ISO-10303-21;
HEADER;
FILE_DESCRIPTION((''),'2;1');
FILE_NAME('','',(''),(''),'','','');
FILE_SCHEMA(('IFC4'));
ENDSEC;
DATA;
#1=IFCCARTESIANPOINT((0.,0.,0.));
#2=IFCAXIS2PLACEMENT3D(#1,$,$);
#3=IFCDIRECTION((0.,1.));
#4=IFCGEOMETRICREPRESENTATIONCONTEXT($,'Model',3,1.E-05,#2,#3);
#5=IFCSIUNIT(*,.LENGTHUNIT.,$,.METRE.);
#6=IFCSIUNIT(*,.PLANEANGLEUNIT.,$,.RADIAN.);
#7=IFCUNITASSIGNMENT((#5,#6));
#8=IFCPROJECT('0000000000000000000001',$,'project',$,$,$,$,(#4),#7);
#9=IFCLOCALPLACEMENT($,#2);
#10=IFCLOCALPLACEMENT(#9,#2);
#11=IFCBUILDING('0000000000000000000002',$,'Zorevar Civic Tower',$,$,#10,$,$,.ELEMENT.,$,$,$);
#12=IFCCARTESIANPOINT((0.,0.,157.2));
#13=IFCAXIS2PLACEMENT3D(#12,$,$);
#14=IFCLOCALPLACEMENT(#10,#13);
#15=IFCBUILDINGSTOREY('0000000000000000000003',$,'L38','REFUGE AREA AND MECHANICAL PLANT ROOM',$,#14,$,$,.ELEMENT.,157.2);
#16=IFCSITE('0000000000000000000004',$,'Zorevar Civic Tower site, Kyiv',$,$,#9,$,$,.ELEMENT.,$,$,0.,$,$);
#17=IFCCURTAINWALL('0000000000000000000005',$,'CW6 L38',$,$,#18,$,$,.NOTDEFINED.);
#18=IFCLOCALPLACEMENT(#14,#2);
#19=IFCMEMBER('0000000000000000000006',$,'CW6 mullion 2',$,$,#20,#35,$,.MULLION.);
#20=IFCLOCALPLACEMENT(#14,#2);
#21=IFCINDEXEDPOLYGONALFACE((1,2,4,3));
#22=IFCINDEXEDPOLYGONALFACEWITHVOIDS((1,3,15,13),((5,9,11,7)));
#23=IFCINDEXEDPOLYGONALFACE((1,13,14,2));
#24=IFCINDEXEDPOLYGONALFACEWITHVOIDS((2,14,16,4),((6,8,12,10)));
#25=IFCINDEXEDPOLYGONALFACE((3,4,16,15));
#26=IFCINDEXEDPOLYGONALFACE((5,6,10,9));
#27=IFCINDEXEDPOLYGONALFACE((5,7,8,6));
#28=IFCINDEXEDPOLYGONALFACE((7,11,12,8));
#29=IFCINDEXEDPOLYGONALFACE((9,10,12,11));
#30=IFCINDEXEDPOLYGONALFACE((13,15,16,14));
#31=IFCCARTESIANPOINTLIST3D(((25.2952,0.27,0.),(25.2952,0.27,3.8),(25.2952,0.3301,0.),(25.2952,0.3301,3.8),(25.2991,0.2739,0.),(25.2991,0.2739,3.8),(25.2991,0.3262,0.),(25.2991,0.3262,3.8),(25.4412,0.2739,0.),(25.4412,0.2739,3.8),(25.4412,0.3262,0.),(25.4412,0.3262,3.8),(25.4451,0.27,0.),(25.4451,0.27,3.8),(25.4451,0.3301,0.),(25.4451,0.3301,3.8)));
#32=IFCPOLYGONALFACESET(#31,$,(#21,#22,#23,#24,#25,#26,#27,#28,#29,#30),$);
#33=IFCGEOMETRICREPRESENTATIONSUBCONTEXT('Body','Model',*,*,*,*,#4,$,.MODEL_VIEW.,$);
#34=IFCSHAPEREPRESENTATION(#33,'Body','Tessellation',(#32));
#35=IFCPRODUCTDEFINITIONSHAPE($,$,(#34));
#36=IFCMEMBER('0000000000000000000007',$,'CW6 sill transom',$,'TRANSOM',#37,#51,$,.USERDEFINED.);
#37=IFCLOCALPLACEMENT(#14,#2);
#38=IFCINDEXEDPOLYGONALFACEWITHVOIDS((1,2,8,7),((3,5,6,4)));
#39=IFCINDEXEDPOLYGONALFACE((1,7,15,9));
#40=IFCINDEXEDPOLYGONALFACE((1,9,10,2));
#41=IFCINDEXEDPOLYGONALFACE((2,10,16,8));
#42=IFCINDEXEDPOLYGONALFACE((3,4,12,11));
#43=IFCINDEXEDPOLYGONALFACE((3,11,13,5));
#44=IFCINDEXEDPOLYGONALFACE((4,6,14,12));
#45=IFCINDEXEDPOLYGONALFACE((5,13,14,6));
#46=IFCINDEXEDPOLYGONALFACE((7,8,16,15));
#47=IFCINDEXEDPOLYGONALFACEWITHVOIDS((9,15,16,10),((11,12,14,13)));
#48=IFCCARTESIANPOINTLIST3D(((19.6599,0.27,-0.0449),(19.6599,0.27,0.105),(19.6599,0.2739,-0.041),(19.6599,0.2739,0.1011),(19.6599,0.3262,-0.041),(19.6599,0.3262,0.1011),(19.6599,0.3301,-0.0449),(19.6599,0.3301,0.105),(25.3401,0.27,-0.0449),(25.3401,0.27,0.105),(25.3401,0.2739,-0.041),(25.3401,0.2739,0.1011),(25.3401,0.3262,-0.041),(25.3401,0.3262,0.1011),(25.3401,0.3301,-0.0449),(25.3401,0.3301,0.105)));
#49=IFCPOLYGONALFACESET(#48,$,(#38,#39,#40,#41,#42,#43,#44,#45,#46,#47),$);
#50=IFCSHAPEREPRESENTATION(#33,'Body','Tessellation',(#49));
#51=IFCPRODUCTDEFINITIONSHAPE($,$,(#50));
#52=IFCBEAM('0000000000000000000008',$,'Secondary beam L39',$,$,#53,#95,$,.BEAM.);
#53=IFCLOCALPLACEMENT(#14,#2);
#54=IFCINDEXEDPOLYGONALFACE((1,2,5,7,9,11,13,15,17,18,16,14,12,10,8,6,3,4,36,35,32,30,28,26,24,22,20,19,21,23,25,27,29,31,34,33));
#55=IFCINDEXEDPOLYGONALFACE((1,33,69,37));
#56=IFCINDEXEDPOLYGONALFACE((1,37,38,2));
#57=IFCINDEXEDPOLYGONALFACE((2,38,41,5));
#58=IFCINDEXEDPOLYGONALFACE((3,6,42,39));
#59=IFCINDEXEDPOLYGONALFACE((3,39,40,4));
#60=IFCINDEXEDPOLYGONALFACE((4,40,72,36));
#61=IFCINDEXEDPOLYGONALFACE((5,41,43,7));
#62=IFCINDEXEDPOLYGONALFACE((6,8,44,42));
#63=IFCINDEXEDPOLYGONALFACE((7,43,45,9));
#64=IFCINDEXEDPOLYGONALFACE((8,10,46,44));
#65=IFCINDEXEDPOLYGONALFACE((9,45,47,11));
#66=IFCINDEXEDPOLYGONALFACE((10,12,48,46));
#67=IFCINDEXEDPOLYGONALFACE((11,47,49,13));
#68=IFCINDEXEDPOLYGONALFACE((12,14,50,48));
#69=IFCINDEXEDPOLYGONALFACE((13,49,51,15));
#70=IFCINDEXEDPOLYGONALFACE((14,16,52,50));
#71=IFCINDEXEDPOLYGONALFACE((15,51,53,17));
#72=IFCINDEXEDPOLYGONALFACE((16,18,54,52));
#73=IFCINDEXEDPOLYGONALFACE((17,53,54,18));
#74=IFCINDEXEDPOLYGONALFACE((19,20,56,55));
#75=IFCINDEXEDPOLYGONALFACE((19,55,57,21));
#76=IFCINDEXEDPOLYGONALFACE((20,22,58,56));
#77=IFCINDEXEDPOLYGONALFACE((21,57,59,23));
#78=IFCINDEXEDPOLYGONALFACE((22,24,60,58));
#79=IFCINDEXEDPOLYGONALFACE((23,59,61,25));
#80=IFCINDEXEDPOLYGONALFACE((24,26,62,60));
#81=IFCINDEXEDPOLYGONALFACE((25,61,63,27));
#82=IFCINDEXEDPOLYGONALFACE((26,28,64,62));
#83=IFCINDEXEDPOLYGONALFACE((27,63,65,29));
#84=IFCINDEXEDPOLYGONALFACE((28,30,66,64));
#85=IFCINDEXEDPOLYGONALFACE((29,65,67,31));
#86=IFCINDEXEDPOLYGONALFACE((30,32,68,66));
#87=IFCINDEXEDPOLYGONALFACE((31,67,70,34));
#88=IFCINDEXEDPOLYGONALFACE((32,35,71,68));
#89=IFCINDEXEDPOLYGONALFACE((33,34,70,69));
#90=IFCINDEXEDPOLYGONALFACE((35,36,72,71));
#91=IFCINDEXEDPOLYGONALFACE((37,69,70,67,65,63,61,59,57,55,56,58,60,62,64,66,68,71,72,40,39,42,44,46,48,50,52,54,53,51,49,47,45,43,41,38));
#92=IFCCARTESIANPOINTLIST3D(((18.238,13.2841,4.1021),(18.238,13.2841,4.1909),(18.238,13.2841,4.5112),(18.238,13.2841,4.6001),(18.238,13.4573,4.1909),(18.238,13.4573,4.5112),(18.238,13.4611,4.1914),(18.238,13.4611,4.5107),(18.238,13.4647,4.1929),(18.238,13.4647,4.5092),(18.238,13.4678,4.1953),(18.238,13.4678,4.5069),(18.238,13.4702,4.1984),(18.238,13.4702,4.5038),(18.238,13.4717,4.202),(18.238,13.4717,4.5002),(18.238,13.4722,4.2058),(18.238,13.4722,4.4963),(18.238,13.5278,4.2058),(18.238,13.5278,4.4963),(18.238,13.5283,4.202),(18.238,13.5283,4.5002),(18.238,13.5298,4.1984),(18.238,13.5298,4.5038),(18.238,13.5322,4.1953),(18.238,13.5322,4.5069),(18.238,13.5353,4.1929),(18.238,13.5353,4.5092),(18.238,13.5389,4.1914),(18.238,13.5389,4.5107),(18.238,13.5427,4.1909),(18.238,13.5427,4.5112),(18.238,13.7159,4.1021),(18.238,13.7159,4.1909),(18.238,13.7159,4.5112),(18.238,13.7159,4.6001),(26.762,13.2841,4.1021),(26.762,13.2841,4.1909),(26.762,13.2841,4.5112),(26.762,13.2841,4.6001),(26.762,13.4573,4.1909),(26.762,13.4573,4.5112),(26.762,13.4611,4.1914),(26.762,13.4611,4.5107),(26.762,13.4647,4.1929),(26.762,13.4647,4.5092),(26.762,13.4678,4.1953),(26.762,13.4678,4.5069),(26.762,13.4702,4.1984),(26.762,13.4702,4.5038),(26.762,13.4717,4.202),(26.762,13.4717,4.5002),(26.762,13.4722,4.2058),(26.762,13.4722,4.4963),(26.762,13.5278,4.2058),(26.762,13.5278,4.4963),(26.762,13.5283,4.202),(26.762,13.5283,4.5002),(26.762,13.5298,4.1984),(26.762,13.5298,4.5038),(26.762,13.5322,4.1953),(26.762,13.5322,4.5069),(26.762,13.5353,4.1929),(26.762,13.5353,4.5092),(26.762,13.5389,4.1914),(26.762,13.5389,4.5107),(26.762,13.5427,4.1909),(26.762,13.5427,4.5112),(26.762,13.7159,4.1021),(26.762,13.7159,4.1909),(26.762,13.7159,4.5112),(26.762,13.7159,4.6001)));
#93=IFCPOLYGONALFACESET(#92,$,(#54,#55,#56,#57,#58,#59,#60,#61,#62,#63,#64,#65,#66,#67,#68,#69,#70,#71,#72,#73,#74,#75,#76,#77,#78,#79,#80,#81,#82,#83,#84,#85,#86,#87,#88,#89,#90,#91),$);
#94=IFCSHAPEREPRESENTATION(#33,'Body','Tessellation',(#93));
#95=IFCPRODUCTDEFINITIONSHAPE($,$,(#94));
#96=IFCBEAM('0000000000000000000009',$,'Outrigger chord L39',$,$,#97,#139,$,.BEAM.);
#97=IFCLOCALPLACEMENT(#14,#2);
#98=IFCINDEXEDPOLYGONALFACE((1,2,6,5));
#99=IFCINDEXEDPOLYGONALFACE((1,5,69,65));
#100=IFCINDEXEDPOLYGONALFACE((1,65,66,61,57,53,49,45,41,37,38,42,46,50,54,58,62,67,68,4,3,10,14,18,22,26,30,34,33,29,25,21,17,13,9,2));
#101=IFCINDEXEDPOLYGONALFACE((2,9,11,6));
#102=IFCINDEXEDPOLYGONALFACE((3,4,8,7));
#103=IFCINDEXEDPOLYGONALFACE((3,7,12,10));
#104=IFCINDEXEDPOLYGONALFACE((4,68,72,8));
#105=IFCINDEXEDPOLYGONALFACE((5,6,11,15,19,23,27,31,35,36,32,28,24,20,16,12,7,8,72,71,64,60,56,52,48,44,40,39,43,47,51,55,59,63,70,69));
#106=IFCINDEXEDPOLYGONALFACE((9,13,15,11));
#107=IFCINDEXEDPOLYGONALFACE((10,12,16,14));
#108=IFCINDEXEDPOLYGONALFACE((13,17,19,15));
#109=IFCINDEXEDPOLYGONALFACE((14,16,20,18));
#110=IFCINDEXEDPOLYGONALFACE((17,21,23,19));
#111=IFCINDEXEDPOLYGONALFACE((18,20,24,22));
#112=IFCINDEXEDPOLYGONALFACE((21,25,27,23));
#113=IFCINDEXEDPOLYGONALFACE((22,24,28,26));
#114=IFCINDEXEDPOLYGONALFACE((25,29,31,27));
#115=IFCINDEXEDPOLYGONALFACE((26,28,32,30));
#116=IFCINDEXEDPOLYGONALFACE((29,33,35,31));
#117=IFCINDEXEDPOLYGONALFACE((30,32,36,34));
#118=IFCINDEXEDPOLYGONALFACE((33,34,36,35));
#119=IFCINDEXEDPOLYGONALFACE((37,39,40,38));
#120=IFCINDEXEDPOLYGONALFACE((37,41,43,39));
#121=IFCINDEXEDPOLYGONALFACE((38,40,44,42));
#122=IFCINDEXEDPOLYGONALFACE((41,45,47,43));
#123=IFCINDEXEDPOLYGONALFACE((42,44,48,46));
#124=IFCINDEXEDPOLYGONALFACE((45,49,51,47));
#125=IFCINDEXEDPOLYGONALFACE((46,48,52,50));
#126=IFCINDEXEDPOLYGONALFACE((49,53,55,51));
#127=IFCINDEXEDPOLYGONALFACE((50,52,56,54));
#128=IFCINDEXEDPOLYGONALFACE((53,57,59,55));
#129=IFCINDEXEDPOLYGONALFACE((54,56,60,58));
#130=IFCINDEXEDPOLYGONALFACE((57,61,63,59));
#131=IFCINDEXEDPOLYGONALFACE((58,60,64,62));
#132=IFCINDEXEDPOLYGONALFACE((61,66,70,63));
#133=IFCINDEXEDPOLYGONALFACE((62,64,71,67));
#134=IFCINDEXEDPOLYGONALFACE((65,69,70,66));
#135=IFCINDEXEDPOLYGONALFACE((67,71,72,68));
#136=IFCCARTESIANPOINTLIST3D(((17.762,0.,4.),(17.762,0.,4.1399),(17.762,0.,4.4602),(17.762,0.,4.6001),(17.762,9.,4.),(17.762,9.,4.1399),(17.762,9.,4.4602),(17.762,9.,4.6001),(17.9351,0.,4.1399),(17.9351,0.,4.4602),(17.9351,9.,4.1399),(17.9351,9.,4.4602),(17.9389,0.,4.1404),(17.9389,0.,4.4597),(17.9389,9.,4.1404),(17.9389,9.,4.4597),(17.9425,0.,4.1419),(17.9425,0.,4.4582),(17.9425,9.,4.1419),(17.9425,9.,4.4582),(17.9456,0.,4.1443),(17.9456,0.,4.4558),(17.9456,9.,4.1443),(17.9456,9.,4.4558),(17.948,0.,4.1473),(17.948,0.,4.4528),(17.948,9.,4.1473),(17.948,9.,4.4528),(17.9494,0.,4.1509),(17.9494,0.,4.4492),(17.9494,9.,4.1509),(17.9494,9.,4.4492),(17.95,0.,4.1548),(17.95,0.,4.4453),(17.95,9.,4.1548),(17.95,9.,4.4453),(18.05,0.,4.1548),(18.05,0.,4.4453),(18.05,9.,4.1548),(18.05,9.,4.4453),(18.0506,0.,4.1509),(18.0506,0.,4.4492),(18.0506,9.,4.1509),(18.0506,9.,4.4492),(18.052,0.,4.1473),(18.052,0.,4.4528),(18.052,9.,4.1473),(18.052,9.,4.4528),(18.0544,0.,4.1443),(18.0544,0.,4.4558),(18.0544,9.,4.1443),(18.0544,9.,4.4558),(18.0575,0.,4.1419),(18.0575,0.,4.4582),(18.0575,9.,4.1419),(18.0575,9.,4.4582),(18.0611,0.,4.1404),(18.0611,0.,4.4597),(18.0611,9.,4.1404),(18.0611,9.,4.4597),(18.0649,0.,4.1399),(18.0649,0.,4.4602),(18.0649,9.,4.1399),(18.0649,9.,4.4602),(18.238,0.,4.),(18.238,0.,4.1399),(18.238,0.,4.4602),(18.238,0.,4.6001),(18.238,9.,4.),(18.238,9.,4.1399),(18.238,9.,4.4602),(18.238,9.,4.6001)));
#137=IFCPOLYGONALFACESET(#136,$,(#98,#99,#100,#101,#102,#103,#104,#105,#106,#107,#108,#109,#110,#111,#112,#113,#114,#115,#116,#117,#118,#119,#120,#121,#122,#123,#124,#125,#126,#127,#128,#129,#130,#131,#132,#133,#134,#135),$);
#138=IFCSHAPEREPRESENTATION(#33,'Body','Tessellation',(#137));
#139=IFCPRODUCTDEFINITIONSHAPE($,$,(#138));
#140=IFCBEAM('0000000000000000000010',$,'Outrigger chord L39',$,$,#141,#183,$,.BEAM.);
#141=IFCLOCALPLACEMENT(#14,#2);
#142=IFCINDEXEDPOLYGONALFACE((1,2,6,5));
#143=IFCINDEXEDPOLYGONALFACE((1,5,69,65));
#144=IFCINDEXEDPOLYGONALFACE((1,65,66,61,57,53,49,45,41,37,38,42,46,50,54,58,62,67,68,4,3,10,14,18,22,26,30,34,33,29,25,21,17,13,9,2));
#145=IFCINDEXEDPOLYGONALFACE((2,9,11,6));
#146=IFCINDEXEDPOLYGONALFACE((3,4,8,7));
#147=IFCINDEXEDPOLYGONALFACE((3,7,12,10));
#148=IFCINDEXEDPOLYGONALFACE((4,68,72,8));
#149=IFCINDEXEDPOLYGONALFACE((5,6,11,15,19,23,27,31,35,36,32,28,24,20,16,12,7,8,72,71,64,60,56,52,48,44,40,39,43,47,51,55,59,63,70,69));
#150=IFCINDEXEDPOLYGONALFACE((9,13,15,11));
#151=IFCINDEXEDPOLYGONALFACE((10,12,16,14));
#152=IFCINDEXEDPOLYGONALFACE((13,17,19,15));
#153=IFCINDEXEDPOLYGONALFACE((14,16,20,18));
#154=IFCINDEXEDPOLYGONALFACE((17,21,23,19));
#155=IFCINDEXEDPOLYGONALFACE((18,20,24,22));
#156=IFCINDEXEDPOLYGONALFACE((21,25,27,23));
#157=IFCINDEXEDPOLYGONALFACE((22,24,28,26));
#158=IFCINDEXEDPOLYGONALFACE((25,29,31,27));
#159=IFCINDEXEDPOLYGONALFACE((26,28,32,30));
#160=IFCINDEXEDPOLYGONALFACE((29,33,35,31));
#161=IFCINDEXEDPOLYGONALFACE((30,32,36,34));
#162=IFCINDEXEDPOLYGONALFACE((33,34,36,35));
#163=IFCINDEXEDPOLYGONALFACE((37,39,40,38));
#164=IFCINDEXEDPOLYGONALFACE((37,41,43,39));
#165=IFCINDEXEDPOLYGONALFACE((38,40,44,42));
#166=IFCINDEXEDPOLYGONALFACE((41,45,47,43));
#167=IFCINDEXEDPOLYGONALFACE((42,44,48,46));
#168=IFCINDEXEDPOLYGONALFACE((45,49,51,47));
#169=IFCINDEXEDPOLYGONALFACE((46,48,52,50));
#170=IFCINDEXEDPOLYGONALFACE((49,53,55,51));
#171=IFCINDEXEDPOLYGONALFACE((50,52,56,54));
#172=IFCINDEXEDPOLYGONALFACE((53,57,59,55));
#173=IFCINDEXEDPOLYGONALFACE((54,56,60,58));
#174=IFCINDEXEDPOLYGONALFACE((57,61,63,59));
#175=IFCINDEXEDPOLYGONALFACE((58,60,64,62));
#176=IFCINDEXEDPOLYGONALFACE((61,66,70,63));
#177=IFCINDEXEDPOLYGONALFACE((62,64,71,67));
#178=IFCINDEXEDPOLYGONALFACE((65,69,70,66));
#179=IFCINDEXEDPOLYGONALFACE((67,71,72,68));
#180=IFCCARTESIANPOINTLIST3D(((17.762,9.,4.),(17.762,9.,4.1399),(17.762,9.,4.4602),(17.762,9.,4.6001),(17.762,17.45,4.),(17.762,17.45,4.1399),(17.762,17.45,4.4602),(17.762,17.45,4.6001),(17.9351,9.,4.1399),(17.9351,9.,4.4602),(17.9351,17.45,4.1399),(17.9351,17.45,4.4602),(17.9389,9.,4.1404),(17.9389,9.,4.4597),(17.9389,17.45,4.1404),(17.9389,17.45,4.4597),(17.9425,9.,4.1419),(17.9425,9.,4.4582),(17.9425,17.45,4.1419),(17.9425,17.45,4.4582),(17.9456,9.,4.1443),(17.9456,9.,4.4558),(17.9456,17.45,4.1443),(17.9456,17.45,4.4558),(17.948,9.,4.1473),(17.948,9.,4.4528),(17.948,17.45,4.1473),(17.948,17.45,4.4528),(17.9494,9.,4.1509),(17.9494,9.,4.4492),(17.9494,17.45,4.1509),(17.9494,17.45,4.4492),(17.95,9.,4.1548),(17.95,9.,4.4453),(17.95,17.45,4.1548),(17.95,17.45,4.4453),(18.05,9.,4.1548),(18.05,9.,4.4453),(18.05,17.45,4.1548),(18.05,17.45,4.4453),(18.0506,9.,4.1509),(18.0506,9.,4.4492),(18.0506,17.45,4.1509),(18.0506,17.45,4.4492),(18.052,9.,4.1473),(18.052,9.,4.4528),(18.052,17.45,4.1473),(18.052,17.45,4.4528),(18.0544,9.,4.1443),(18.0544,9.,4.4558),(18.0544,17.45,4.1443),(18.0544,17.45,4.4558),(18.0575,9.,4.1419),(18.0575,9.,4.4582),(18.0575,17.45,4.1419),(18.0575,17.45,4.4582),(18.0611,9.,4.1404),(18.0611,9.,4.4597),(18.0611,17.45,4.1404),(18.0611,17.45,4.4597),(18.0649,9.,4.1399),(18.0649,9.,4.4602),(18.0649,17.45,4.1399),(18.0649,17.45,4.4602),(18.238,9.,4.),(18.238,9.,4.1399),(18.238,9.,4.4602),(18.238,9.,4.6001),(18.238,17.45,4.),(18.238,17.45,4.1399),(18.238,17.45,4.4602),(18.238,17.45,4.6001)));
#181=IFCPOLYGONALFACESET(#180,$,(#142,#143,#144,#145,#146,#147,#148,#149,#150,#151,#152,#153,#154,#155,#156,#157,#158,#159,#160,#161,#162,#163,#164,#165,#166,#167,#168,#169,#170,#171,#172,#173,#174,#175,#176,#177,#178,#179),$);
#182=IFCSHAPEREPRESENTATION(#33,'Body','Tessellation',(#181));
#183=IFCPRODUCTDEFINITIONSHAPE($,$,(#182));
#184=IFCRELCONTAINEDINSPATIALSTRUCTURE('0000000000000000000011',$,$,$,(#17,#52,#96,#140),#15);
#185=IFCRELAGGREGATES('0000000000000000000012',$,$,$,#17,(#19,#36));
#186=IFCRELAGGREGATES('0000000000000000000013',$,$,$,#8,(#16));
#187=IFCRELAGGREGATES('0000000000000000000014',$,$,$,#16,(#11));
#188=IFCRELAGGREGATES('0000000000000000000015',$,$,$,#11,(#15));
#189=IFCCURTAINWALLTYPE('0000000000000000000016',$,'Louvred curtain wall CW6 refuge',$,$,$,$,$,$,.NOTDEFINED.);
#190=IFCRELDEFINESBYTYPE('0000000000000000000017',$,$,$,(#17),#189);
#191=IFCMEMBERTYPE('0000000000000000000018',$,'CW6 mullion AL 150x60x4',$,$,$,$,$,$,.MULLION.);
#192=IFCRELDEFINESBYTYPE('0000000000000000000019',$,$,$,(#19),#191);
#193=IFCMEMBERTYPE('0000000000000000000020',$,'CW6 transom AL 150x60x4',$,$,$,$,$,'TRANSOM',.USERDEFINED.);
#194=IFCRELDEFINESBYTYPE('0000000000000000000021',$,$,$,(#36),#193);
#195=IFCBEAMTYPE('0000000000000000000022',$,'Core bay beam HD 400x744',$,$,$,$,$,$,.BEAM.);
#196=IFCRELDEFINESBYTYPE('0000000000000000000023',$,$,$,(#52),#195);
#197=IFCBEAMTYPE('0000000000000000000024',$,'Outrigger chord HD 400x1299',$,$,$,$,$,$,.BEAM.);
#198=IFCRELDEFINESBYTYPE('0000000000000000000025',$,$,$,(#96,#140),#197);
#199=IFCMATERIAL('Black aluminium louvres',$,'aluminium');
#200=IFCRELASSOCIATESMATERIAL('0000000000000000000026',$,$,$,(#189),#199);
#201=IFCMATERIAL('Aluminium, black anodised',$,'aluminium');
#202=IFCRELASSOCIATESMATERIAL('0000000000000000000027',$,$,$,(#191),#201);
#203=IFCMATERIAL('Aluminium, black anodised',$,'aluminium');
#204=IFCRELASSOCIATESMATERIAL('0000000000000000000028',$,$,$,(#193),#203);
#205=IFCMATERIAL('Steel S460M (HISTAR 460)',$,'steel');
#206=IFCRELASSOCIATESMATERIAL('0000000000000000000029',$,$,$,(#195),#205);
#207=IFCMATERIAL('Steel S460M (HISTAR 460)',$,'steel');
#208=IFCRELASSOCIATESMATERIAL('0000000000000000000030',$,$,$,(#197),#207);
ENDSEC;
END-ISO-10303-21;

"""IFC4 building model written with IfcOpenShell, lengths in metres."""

from ifc_helpers import new_model, si_unit, direction, frame, origin, origin_2d, place, context, subcontext, project, spatial, hollow_rectangle, i_section, extrude, material, material_profile, profile_set, type_object, element, aggregate, save


model = new_model("IFC4")

# Units and contexts
model_context = context("Model", 3, precision=1e-05, world=origin(), true_north=direction((0.0, 1.0)))
body_context = subcontext(model_context, "Body", "Model", "MODEL_VIEW")
ifc_project = project(units=[si_unit("LENGTHUNIT", "METRE"), si_unit("PLANEANGLEUNIT", "RADIAN")], contexts=[model_context])

# Site, building, storey
site_placement = place(None, origin())
site = spatial("IfcSite", under=ifc_project, at=site_placement, Name="Zorevar Civic Tower site, Kyiv", CompositionType="ELEMENT", RefElevation=0.0)
building_placement = place(site_placement, origin())
building = spatial("IfcBuilding", under=site, at=building_placement, Name="Zorevar Civic Tower", CompositionType="ELEMENT")
storey_placement = place(building_placement, frame((0.0, 0.0, 157.2)))
storey = spatial("IfcBuildingStorey", under=building, at=storey_placement, Name="L38", Description="REFUGE AREA AND MECHANICAL PLANT ROOM", CompositionType="ELEMENT", Elevation=157.2)

# Curtain wall, members
ifc_material_1 = material(Name="Black aluminium louvres", Category="aluminium")
curtain_wall_type = type_object("IfcCurtainWallType", Name="Louvred curtain wall CW6 refuge", PredefinedType="NOTDEFINED", material=ifc_material_1)
curtain_wall_placement = place(storey_placement, origin())
curtain_wall = element("IfcCurtainWall", 1, at=curtain_wall_placement, inside=storey, type_object=curtain_wall_type, Name="CW6 L38", PredefinedType="NOTDEFINED")
ifc_material_2 = material(Name="Aluminium, black anodised", Category="aluminium")
ifc_material_profile_1 = material_profile(ifc_material_2, hollow_rectangle(XDim=0.0601, YDim=0.1499, WallThickness=0.0039, at=origin_2d()), Name="AL 150x60x4")
ifc_profile_set_1 = profile_set([ifc_material_profile_1], Name="Aluminium, black anodised")
member_type_1 = type_object("IfcMemberType", Name="CW6 mullion AL 150x60x4", PredefinedType="MULLION", material=ifc_profile_set_1)
member_1_placement = place(storey_placement, frame((25.3701, 0.3, 0.0), z_axis=(0.0, 0.0, 1.0), x_axis=(0.0, 1.0, 0.0)))
member_1 = element("IfcMember", 2, at=member_1_placement, type_object=member_type_1, Name="CW6 mullion 2", PredefinedType="MULLION", context=body_context, shape_type="SweptSolid", body=[
    extrude(hollow_rectangle(XDim=0.0601, YDim=0.1499, WallThickness=0.0039, at=origin_2d()), origin(), (0.0, 0.0, 1.0), 3.8),
])
ifc_material_3 = material(Name="Aluminium, black anodised", Category="aluminium")
ifc_material_profile_2 = material_profile(ifc_material_3, hollow_rectangle(XDim=0.0601, YDim=0.1499, WallThickness=0.0039, at=origin_2d()), Name="AL 150x60x4")
ifc_profile_set_2 = profile_set([ifc_material_profile_2], Name="Aluminium, black anodised")
member_type_2 = type_object("IfcMemberType", Name="CW6 transom AL 150x60x4", ElementType="TRANSOM", PredefinedType="USERDEFINED", material=ifc_profile_set_2)
member_2_placement = place(storey_placement, frame((19.6599, 0.3, 0.03), z_axis=(1.0, 0.0, 0.0), x_axis=(0.0, 1.0, 0.0)))
member_2 = element("IfcMember", 3, at=member_2_placement, type_object=member_type_2, Name="CW6 sill transom", ObjectType="TRANSOM", PredefinedType="USERDEFINED", context=body_context, shape_type="SweptSolid", body=[
    extrude(hollow_rectangle(XDim=0.0601, YDim=0.1499, WallThickness=0.0039, at=origin_2d()), origin(), (0.0, 0.0, 1.0), 5.6802),
])

# Beams
ifc_material_4 = material(Name="Steel S460M (HISTAR 460)", Category="steel")
ifc_material_profile_3 = material_profile(ifc_material_4, i_section(OverallWidth=0.4319, OverallDepth=0.498, WebThickness=0.0557, FlangeThickness=0.0889, FilletRadius=0.0149, at=origin_2d()), Name="HD 400x744")
ifc_profile_set_3 = profile_set([ifc_material_profile_3], Name="Steel S460M (HISTAR 460)")
beam_type_1 = type_object("IfcBeamType", Name="Core bay beam HD 400x744", PredefinedType="BEAM", material=ifc_profile_set_3)
beam_1_placement = place(storey_placement, frame((18.238, 13.5, 4.3511), z_axis=(1.0, 0.0, 0.0), x_axis=(0.0, 1.0, 0.0)))
element("IfcBeam", 4, at=beam_1_placement, inside=storey, type_object=beam_type_1, Name="Secondary beam L39", PredefinedType="BEAM", context=body_context, shape_type="SweptSolid", body=[
    extrude(i_section(OverallWidth=0.4319, OverallDepth=0.498, WebThickness=0.0557, FlangeThickness=0.0889, FilletRadius=0.0149, at=origin_2d()), origin(), (0.0, 0.0, 1.0), 8.5239),
])
ifc_material_5 = material(Name="Steel S460M (HISTAR 460)", Category="steel")
ifc_material_profile_4 = material_profile(ifc_material_5, i_section(OverallWidth=0.4761, OverallDepth=0.6001, WebThickness=0.1001, FlangeThickness=0.1399, FilletRadius=0.0149, at=origin_2d()), Name="HD 400x1299")
ifc_profile_set_4 = profile_set([ifc_material_profile_4], Name="Steel S460M (HISTAR 460)")
beam_type_2 = type_object("IfcBeamType", Name="Outrigger chord HD 400x1299", PredefinedType="BEAM", material=ifc_profile_set_4)
beam_2_placement = place(storey_placement, frame((18.0, 0.0, 4.3), z_axis=(0.0, 1.0, 0.0), x_axis=(-1.0, 0.0, 0.0)))
element("IfcBeam", 5, at=beam_2_placement, inside=storey, type_object=beam_type_2, Name="Outrigger chord L39", PredefinedType="BEAM", context=body_context, shape_type="SweptSolid", body=[
    extrude(i_section(OverallWidth=0.4761, OverallDepth=0.6001, WebThickness=0.1001, FlangeThickness=0.1399, FilletRadius=0.0149, at=origin_2d()), origin(), (0.0, 0.0, 1.0), 9.0),
])
beam_3_placement = place(storey_placement, frame((18.0, 9.0, 4.3), z_axis=(0.0, 1.0, 0.0), x_axis=(-1.0, 0.0, 0.0)))
element("IfcBeam", 6, at=beam_3_placement, inside=storey, type_object=beam_type_2, Name="Outrigger chord L39", PredefinedType="BEAM", context=body_context, shape_type="SweptSolid", body=[
    extrude(i_section(OverallWidth=0.4761, OverallDepth=0.6001, WebThickness=0.1001, FlangeThickness=0.1399, FilletRadius=0.0149, at=origin_2d()), origin(), (0.0, 0.0, 1.0), 8.45),
])

aggregate(curtain_wall, [member_1, member_2])

save(model, "model.ifc")
